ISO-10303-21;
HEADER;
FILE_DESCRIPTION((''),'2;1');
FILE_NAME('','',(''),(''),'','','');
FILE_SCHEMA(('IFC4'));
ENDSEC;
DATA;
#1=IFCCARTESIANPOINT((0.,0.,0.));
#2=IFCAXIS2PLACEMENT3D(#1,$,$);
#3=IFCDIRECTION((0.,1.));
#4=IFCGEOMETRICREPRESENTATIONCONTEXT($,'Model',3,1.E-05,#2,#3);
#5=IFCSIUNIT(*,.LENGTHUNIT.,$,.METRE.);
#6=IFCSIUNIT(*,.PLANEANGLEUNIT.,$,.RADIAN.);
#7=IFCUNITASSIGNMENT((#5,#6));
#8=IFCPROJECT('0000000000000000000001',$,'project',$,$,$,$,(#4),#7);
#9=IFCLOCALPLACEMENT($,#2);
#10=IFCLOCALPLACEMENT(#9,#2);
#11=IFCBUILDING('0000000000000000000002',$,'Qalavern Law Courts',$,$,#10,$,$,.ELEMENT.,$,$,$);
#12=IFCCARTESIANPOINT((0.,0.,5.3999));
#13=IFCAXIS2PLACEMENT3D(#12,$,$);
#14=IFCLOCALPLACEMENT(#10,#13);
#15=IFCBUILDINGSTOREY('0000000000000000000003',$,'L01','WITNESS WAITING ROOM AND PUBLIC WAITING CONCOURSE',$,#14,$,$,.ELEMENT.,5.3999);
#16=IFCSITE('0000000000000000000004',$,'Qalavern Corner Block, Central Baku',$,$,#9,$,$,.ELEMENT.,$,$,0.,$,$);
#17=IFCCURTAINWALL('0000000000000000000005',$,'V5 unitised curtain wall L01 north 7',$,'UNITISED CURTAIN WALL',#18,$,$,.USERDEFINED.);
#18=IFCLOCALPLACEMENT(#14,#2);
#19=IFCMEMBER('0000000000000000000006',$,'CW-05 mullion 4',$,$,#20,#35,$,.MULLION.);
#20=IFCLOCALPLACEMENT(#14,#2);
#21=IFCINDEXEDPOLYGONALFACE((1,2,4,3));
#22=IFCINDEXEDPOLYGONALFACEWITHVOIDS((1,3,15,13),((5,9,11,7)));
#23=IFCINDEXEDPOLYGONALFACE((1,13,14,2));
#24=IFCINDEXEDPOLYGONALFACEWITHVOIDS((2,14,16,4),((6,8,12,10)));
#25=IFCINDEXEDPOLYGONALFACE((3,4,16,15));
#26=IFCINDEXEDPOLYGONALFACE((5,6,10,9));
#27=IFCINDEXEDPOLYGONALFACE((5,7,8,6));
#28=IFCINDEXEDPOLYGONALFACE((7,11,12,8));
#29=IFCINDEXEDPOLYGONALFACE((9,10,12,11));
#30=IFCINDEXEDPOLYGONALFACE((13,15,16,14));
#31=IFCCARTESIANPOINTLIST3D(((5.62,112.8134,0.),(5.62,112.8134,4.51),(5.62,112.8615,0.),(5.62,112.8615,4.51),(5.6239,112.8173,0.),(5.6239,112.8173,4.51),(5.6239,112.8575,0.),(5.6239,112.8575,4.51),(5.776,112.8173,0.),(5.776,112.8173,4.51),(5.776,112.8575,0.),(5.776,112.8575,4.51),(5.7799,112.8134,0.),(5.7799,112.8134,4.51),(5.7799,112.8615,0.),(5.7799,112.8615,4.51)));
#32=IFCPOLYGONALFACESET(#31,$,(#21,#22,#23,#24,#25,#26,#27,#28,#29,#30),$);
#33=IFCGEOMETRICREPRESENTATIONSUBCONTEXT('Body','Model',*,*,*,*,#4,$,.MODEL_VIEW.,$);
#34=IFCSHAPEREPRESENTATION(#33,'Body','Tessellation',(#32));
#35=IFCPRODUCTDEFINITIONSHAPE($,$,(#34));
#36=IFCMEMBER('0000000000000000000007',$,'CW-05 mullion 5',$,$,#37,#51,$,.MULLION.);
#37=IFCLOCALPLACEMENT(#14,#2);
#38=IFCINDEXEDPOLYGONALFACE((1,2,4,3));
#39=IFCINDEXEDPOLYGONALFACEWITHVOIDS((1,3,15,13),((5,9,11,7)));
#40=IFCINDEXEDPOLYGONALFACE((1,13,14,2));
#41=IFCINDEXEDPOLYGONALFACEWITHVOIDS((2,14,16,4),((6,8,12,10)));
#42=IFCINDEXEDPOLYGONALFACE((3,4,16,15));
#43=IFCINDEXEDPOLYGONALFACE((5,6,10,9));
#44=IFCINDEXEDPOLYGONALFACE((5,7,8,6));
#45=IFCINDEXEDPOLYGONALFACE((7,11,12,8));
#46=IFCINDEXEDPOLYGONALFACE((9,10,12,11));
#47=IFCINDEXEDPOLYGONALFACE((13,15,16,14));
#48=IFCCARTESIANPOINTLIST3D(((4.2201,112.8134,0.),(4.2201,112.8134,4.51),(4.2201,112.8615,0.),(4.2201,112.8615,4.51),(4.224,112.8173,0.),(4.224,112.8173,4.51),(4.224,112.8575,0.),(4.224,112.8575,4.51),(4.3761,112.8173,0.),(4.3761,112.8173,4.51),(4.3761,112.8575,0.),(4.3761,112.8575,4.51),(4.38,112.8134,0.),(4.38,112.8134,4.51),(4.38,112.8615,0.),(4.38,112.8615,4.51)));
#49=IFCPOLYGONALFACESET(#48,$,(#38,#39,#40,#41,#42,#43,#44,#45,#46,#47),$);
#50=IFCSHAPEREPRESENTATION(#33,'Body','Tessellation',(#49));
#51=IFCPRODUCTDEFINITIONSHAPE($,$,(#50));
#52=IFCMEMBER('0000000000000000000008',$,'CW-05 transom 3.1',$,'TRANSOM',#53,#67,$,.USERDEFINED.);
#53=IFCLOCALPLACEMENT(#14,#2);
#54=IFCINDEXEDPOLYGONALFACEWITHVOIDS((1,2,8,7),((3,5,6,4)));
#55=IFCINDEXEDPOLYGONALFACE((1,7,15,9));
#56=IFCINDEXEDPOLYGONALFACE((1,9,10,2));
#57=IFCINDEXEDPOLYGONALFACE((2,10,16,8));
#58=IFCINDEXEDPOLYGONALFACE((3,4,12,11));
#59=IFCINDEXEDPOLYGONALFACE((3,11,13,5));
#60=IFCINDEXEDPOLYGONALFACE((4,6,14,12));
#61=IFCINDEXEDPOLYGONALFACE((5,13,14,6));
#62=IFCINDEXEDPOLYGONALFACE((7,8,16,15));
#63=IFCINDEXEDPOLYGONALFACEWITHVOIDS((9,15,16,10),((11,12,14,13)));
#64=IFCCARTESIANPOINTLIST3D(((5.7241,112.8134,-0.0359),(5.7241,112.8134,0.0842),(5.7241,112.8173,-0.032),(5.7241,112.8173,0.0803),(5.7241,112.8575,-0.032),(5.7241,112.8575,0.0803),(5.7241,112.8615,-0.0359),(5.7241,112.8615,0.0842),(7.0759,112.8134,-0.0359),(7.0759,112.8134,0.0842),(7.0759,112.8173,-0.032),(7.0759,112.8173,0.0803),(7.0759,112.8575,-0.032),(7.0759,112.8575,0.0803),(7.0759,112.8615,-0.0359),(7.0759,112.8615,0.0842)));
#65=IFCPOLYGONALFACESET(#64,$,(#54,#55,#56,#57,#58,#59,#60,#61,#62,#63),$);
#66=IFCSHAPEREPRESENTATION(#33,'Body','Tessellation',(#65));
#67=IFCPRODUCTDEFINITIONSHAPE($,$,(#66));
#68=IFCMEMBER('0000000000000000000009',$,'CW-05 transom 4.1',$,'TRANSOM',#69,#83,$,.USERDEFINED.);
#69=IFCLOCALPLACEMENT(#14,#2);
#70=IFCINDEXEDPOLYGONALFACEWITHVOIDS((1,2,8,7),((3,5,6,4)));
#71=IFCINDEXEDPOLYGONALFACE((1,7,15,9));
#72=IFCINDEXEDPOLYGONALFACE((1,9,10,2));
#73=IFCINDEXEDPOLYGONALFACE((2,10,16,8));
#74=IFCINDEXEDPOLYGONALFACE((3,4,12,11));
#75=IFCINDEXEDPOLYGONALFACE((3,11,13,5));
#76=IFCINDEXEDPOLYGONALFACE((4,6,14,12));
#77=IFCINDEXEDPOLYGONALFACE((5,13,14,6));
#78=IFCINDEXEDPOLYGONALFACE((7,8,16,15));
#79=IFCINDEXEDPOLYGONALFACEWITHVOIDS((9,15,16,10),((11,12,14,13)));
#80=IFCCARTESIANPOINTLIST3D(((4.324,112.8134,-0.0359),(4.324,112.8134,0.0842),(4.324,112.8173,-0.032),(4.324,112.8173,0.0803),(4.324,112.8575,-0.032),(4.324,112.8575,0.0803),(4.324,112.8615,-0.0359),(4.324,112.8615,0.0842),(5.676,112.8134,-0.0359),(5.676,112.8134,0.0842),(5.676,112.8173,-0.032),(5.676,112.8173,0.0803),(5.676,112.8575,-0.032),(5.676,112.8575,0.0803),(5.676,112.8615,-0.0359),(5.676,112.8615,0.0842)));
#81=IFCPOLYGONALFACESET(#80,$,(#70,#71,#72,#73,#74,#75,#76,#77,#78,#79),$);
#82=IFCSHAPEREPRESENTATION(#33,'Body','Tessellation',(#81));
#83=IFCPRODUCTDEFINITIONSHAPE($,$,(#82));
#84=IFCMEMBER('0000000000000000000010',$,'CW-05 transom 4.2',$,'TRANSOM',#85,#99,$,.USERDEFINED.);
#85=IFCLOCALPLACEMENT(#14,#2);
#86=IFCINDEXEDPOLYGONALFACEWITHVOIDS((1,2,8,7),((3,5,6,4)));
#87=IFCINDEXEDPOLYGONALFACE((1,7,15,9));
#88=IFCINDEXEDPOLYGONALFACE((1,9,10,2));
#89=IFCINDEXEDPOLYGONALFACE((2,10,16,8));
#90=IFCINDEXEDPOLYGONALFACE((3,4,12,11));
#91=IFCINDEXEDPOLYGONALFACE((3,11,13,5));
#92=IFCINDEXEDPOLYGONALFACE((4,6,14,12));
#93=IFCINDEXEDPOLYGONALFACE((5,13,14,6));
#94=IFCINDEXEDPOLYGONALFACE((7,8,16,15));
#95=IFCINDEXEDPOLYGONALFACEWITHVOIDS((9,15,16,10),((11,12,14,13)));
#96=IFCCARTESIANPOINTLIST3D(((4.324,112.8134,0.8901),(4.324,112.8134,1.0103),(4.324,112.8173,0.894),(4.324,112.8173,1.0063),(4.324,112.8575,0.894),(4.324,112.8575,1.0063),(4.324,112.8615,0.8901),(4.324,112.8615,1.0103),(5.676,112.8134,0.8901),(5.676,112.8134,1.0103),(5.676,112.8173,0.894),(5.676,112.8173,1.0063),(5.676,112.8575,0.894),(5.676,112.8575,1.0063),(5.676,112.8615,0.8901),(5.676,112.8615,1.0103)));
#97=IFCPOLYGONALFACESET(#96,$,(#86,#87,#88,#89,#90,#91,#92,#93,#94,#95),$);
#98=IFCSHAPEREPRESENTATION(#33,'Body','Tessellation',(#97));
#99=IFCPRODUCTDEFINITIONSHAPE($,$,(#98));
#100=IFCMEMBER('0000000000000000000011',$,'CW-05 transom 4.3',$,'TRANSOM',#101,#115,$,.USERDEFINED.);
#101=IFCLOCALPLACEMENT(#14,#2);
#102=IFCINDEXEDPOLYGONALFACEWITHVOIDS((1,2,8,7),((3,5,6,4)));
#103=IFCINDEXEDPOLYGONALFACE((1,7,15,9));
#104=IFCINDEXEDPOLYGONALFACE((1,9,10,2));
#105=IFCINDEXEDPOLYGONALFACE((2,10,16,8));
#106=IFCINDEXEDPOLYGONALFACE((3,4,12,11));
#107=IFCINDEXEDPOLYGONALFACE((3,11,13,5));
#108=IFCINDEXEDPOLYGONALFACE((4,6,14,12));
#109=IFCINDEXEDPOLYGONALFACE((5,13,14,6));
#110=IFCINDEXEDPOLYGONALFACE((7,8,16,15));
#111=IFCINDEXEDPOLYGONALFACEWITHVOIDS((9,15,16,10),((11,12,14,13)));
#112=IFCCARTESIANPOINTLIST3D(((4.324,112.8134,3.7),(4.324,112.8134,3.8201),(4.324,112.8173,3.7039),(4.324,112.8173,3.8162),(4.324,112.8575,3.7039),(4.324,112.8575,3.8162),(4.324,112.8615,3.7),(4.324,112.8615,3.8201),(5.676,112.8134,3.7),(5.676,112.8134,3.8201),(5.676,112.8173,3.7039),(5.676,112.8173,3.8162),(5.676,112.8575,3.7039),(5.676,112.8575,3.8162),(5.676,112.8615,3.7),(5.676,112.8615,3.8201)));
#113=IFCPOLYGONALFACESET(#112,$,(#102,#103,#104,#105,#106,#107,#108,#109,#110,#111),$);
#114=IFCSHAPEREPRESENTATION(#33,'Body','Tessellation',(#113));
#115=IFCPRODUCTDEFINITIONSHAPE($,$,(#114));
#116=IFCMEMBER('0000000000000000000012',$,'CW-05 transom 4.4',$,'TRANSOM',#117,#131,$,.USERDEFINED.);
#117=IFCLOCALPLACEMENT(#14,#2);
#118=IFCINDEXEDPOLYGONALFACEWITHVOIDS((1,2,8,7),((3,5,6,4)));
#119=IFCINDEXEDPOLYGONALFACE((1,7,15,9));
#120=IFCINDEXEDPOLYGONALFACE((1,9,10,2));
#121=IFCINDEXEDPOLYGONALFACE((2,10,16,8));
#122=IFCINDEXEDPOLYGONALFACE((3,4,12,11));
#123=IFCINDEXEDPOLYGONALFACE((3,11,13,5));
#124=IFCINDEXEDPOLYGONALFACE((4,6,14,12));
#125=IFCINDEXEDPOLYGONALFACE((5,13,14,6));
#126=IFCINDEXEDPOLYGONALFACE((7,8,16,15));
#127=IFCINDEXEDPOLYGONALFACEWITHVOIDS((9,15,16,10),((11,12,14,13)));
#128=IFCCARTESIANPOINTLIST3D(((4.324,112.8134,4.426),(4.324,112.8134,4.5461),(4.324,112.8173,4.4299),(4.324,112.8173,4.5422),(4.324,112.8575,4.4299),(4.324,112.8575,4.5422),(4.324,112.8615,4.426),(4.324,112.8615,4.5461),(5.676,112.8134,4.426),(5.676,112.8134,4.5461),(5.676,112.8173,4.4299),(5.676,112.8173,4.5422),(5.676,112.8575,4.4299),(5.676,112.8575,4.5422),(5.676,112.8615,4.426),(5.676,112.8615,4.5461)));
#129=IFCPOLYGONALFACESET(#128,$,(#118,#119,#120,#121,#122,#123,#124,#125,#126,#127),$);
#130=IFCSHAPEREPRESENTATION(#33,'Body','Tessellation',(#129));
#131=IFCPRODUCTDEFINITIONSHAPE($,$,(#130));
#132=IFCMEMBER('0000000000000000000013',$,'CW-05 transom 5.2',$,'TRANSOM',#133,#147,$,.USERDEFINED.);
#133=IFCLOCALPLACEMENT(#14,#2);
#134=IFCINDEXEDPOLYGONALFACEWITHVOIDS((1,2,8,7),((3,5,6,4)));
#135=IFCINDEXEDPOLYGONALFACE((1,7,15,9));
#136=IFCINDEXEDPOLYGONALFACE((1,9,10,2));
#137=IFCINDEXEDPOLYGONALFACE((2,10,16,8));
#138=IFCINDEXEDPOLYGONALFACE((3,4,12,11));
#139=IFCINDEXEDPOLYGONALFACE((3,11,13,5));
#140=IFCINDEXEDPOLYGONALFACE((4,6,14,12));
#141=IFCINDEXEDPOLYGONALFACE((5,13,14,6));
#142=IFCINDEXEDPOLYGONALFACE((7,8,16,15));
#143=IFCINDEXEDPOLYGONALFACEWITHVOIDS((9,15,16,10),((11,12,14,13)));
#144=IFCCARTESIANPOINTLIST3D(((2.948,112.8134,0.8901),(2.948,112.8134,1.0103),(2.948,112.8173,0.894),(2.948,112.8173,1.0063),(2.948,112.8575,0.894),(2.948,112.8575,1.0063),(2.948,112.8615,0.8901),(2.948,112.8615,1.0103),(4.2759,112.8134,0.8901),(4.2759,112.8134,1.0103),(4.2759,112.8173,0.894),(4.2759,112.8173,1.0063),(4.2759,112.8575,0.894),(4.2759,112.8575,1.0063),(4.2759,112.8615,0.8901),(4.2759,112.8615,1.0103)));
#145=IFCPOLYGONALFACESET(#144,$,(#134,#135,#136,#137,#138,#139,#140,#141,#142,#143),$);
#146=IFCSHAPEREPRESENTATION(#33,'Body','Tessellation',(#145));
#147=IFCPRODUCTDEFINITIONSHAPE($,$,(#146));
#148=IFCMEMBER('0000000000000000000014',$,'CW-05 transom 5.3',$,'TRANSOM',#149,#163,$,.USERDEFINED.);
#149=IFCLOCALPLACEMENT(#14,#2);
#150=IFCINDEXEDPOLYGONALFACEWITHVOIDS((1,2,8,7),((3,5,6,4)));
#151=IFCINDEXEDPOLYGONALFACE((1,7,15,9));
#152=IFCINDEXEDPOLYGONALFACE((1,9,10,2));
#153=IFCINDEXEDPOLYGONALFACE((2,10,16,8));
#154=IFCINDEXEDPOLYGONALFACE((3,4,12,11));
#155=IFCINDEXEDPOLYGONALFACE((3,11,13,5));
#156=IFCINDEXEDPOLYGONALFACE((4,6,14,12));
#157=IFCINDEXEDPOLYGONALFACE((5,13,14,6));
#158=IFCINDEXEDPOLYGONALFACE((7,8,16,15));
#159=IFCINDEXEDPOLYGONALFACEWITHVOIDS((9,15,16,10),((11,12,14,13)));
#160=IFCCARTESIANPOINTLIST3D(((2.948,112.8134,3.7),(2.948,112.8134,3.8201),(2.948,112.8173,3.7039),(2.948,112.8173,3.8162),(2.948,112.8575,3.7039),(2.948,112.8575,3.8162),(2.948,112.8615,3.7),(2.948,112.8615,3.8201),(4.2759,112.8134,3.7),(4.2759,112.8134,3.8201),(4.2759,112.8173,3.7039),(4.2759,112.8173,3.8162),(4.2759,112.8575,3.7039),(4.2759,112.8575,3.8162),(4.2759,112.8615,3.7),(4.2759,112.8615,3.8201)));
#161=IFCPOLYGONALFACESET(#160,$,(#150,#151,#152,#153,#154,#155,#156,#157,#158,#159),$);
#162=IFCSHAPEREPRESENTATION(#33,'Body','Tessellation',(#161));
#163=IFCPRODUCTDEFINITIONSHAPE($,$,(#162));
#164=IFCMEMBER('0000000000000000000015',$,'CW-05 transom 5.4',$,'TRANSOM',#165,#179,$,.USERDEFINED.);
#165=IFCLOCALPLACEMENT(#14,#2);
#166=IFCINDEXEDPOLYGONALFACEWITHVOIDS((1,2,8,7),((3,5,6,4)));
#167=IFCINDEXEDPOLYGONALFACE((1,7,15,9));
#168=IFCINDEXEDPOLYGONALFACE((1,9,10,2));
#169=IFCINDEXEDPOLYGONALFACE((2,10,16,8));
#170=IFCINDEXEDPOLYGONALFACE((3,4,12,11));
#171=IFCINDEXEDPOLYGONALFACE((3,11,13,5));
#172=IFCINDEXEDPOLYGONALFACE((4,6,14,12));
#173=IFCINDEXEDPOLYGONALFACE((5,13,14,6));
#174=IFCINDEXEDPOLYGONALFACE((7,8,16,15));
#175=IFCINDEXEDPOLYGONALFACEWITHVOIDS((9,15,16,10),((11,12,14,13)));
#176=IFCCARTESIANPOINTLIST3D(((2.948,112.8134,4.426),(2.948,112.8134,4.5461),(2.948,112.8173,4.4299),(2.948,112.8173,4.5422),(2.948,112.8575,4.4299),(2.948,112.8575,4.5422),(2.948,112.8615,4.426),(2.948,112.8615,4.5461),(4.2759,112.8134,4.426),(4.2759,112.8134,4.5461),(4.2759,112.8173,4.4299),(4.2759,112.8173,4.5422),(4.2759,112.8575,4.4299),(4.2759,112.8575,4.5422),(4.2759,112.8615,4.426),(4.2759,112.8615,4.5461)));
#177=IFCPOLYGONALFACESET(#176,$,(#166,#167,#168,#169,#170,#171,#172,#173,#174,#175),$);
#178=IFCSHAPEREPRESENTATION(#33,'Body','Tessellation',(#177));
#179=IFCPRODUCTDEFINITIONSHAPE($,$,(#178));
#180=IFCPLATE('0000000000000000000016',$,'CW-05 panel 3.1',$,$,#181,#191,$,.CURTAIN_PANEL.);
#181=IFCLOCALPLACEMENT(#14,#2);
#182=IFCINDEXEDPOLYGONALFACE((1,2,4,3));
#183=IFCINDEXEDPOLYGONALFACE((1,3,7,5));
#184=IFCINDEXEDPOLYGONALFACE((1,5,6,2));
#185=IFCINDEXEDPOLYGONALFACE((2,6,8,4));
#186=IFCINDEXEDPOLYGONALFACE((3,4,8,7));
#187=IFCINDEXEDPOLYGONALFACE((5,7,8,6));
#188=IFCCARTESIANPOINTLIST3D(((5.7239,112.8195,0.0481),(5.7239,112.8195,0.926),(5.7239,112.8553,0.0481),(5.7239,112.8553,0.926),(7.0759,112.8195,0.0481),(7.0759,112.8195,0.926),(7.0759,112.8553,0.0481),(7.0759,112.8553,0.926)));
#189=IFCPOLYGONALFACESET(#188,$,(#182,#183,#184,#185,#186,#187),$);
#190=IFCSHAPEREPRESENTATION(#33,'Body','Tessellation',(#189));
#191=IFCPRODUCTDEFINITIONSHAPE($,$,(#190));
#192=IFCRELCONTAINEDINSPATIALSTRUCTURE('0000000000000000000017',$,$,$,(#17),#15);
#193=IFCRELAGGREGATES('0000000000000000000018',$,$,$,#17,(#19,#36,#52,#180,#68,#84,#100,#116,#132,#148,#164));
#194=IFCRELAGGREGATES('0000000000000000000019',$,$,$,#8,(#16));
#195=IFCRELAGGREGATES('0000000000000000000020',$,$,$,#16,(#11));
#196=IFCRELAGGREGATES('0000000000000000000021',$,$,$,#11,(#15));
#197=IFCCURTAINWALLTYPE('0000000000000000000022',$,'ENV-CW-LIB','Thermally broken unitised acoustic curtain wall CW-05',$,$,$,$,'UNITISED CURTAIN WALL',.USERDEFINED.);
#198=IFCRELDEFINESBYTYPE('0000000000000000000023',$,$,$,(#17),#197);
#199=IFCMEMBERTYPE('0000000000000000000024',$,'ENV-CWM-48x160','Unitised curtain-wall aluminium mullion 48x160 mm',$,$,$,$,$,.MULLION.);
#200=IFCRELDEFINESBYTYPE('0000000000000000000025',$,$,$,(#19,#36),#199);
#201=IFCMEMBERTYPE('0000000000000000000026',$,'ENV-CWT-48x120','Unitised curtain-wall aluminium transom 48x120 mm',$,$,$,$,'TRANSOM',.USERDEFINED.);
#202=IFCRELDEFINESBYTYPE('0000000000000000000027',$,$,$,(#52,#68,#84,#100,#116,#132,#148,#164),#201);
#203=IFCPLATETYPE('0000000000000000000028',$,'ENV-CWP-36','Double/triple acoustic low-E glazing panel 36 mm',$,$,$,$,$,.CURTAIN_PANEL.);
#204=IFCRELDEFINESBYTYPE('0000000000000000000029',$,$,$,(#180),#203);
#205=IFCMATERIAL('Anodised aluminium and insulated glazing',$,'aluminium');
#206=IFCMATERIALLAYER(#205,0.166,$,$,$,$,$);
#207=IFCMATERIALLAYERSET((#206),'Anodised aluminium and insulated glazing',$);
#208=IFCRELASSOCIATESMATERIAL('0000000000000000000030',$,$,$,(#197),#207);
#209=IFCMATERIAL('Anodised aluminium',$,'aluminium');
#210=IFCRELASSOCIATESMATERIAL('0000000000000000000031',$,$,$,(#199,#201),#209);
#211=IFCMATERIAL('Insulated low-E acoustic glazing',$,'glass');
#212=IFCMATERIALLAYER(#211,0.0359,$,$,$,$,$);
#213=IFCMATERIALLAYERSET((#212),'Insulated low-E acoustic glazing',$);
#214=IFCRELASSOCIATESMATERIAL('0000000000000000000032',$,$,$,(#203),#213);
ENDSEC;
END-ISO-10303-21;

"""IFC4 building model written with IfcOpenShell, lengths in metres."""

from ifc_helpers import new_model, si_unit, direction, frame, origin, origin_2d, place, context, subcontext, project, spatial, rectangle, hollow_rectangle, extrude, material, layer, layer_set, material_profile, profile_set, type_object, element, aggregate, save


model = new_model("IFC4")

# Units and contexts
model_context = context("Model", 3, precision=1e-05, world=origin(), true_north=direction((0.0, 1.0)))
body_context = subcontext(model_context, "Body", "Model", "MODEL_VIEW")
ifc_project = project(units=[si_unit("LENGTHUNIT", "METRE"), si_unit("PLANEANGLEUNIT", "RADIAN")], contexts=[model_context])

# Site, building, storey
site_placement = place(None, origin())
site = spatial("IfcSite", under=ifc_project, at=site_placement, Name="Qalavern Corner Block, Central Baku", CompositionType="ELEMENT", RefElevation=0.0)
building_placement = place(site_placement, origin())
building = spatial("IfcBuilding", under=site, at=building_placement, Name="Qalavern Law Courts", CompositionType="ELEMENT")
storey_placement = place(building_placement, frame((0.0, 0.0, 5.3999)))
storey = spatial("IfcBuildingStorey", under=building, at=storey_placement, Name="L01", Description="WITNESS WAITING ROOM AND PUBLIC WAITING CONCOURSE", CompositionType="ELEMENT", Elevation=5.3999)

# Curtain wall, members, plate
ifc_material_1 = material(Name="Anodised aluminium and insulated glazing", Category="aluminium")
ifc_layer_1 = layer(ifc_material_1, 0.166)
ifc_layer_set_1 = layer_set([ifc_layer_1], Name="Anodised aluminium and insulated glazing")
curtain_wall_type = type_object("IfcCurtainWallType", Name="ENV-CW-LIB", Description="Thermally broken unitised acoustic curtain wall CW-05", ElementType="UNITISED CURTAIN WALL", PredefinedType="USERDEFINED", material=ifc_layer_set_1)
curtain_wall_placement = place(storey_placement, origin())
curtain_wall = element("IfcCurtainWall", 1, at=curtain_wall_placement, inside=storey, type_object=curtain_wall_type, Name="V5 unitised curtain wall L01 north 7", ObjectType="UNITISED CURTAIN WALL", PredefinedType="USERDEFINED")
ifc_material_2 = material(Name="Anodised aluminium", Category="aluminium")
ifc_material_profile_1 = material_profile(ifc_material_2, hollow_rectangle(XDim=0.0481, YDim=0.1599, WallThickness=0.0039, at=origin_2d()), Name="ALU MULLION 48x160")
ifc_profile_set_1 = profile_set([ifc_material_profile_1], Name="Anodised aluminium")
member_type_1 = type_object("IfcMemberType", Name="ENV-CWM-48x160", Description="Unitised curtain-wall aluminium mullion 48x160 mm", PredefinedType="MULLION", material=ifc_profile_set_1)
member_1_placement = place(storey_placement, frame((5.7, 112.8374, 0.0), z_axis=(0.0, 0.0, 1.0), x_axis=(0.0, -1.0, 0.0)))
member_1 = element("IfcMember", 2, at=member_1_placement, type_object=member_type_1, Name="CW-05 mullion 4", PredefinedType="MULLION", context=body_context, shape_type="SweptSolid", body=[
    extrude(hollow_rectangle(XDim=0.0481, YDim=0.1599, WallThickness=0.0039, at=origin_2d()), origin(), (0.0, 0.0, 1.0), 4.51),
])
member_2_placement = place(storey_placement, frame((4.3, 112.8374, 0.0), z_axis=(0.0, 0.0, 1.0), x_axis=(0.0, -1.0, 0.0)))
member_2 = element("IfcMember", 3, at=member_2_placement, type_object=member_type_1, Name="CW-05 mullion 5", PredefinedType="MULLION", context=body_context, shape_type="SweptSolid", body=[
    extrude(hollow_rectangle(XDim=0.0481, YDim=0.1599, WallThickness=0.0039, at=origin_2d()), origin(), (0.0, 0.0, 1.0), 4.51),
])
ifc_material_profile_2 = material_profile(ifc_material_2, hollow_rectangle(XDim=0.0481, YDim=0.1201, WallThickness=0.0039, at=origin_2d()), Name="ALU TRANSOM 48x120")
ifc_profile_set_2 = profile_set([ifc_material_profile_2], Name="Anodised aluminium")
member_type_2 = type_object("IfcMemberType", Name="ENV-CWT-48x120", Description="Unitised curtain-wall aluminium transom 48x120 mm", ElementType="TRANSOM", PredefinedType="USERDEFINED", material=ifc_profile_set_2)
member_3_placement = place(storey_placement, frame((7.0759, 112.8374, 0.0242), z_axis=(-1.0, 0.0, 0.0), x_axis=(0.0, -1.0, 0.0)))
member_3 = element("IfcMember", 4, at=member_3_placement, type_object=member_type_2, Name="CW-05 transom 3.1", ObjectType="TRANSOM", PredefinedType="USERDEFINED", context=body_context, shape_type="SweptSolid", body=[
    extrude(hollow_rectangle(XDim=0.0481, YDim=0.1201, WallThickness=0.0039, at=origin_2d()), origin(), (0.0, 0.0, 1.0), 1.3518),
])
member_4_placement = place(storey_placement, frame((5.676, 112.8374, 0.0242), z_axis=(-1.0, 0.0, 0.0), x_axis=(0.0, -1.0, 0.0)))
member_4 = element("IfcMember", 5, at=member_4_placement, type_object=member_type_2, Name="CW-05 transom 4.1", ObjectType="TRANSOM", PredefinedType="USERDEFINED", context=body_context, shape_type="SweptSolid", body=[
    extrude(hollow_rectangle(XDim=0.0481, YDim=0.1201, WallThickness=0.0039, at=origin_2d()), origin(), (0.0, 0.0, 1.0), 1.3521),
])
member_5_placement = place(storey_placement, frame((5.676, 112.8374, 0.9502), z_axis=(-1.0, 0.0, 0.0), x_axis=(0.0, -1.0, 0.0)))
member_5 = element("IfcMember", 6, at=member_5_placement, type_object=member_type_2, Name="CW-05 transom 4.2", ObjectType="TRANSOM", PredefinedType="USERDEFINED", context=body_context, shape_type="SweptSolid", body=[
    extrude(hollow_rectangle(XDim=0.0481, YDim=0.1201, WallThickness=0.0039, at=origin_2d()), origin(), (0.0, 0.0, 1.0), 1.3521),
])
member_6_placement = place(storey_placement, frame((5.676, 112.8374, 3.76), z_axis=(-1.0, 0.0, 0.0), x_axis=(0.0, -1.0, 0.0)))
member_6 = element("IfcMember", 7, at=member_6_placement, type_object=member_type_2, Name="CW-05 transom 4.3", ObjectType="TRANSOM", PredefinedType="USERDEFINED", context=body_context, shape_type="SweptSolid", body=[
    extrude(hollow_rectangle(XDim=0.0481, YDim=0.1201, WallThickness=0.0039, at=origin_2d()), origin(), (0.0, 0.0, 1.0), 1.3521),
])
member_7_placement = place(storey_placement, frame((5.676, 112.8374, 4.4861), z_axis=(-1.0, 0.0, 0.0), x_axis=(0.0, -1.0, 0.0)))
member_7 = element("IfcMember", 8, at=member_7_placement, type_object=member_type_2, Name="CW-05 transom 4.4", ObjectType="TRANSOM", PredefinedType="USERDEFINED", context=body_context, shape_type="SweptSolid", body=[
    extrude(hollow_rectangle(XDim=0.0481, YDim=0.1201, WallThickness=0.0039, at=origin_2d()), origin(), (0.0, 0.0, 1.0), 1.3521),
])
member_8_placement = place(storey_placement, frame((4.2759, 112.8374, 0.9502), z_axis=(-1.0, 0.0, 0.0), x_axis=(0.0, -1.0, 0.0)))
member_8 = element("IfcMember", 9, at=member_8_placement, type_object=member_type_2, Name="CW-05 transom 5.2", ObjectType="TRANSOM", PredefinedType="USERDEFINED", context=body_context, shape_type="SweptSolid", body=[
    extrude(hollow_rectangle(XDim=0.0481, YDim=0.1201, WallThickness=0.0039, at=origin_2d()), origin(), (0.0, 0.0, 1.0), 1.3279),
])
member_9_placement = place(storey_placement, frame((4.2759, 112.8374, 3.76), z_axis=(-1.0, 0.0, 0.0), x_axis=(0.0, -1.0, 0.0)))
member_9 = element("IfcMember", 10, at=member_9_placement, type_object=member_type_2, Name="CW-05 transom 5.3", ObjectType="TRANSOM", PredefinedType="USERDEFINED", context=body_context, shape_type="SweptSolid", body=[
    extrude(hollow_rectangle(XDim=0.0481, YDim=0.1201, WallThickness=0.0039, at=origin_2d()), origin(), (0.0, 0.0, 1.0), 1.3279),
])
member_10_placement = place(storey_placement, frame((4.2759, 112.8374, 4.4861), z_axis=(-1.0, 0.0, 0.0), x_axis=(0.0, -1.0, 0.0)))
member_10 = element("IfcMember", 11, at=member_10_placement, type_object=member_type_2, Name="CW-05 transom 5.4", ObjectType="TRANSOM", PredefinedType="USERDEFINED", context=body_context, shape_type="SweptSolid", body=[
    extrude(hollow_rectangle(XDim=0.0481, YDim=0.1201, WallThickness=0.0039, at=origin_2d()), origin(), (0.0, 0.0, 1.0), 1.3279),
])
ifc_material_3 = material(Name="Insulated low-E acoustic glazing", Category="glass")
ifc_layer_2 = layer(ifc_material_3, 0.0359)
ifc_layer_set_2 = layer_set([ifc_layer_2], Name="Insulated low-E acoustic glazing")
plate_type = type_object("IfcPlateType", Name="ENV-CWP-36", Description="Double/triple acoustic low-E glazing panel 36 mm", PredefinedType="CURTAIN_PANEL", material=ifc_layer_set_2)
plate_1_placement = place(storey_placement, frame((6.3999, 112.8374, 0.0481), z_axis=(0.0, 0.0, 1.0), x_axis=(-1.0, 0.0, 0.0)))
plate_1 = element("IfcPlate", 12, at=plate_1_placement, type_object=plate_type, Name="CW-05 panel 3.1", PredefinedType="CURTAIN_PANEL", context=body_context, shape_type="SweptSolid", body=[
    extrude(rectangle(XDim=1.3521, YDim=0.0359, at=origin_2d()), origin(), (0.0, 0.0, 1.0), 0.8779),
])
aggregate(curtain_wall, [member_1, member_2, member_3, plate_1, member_4, member_5, member_6, member_7, member_8, member_9, member_10])

save(model, "model.ifc")
